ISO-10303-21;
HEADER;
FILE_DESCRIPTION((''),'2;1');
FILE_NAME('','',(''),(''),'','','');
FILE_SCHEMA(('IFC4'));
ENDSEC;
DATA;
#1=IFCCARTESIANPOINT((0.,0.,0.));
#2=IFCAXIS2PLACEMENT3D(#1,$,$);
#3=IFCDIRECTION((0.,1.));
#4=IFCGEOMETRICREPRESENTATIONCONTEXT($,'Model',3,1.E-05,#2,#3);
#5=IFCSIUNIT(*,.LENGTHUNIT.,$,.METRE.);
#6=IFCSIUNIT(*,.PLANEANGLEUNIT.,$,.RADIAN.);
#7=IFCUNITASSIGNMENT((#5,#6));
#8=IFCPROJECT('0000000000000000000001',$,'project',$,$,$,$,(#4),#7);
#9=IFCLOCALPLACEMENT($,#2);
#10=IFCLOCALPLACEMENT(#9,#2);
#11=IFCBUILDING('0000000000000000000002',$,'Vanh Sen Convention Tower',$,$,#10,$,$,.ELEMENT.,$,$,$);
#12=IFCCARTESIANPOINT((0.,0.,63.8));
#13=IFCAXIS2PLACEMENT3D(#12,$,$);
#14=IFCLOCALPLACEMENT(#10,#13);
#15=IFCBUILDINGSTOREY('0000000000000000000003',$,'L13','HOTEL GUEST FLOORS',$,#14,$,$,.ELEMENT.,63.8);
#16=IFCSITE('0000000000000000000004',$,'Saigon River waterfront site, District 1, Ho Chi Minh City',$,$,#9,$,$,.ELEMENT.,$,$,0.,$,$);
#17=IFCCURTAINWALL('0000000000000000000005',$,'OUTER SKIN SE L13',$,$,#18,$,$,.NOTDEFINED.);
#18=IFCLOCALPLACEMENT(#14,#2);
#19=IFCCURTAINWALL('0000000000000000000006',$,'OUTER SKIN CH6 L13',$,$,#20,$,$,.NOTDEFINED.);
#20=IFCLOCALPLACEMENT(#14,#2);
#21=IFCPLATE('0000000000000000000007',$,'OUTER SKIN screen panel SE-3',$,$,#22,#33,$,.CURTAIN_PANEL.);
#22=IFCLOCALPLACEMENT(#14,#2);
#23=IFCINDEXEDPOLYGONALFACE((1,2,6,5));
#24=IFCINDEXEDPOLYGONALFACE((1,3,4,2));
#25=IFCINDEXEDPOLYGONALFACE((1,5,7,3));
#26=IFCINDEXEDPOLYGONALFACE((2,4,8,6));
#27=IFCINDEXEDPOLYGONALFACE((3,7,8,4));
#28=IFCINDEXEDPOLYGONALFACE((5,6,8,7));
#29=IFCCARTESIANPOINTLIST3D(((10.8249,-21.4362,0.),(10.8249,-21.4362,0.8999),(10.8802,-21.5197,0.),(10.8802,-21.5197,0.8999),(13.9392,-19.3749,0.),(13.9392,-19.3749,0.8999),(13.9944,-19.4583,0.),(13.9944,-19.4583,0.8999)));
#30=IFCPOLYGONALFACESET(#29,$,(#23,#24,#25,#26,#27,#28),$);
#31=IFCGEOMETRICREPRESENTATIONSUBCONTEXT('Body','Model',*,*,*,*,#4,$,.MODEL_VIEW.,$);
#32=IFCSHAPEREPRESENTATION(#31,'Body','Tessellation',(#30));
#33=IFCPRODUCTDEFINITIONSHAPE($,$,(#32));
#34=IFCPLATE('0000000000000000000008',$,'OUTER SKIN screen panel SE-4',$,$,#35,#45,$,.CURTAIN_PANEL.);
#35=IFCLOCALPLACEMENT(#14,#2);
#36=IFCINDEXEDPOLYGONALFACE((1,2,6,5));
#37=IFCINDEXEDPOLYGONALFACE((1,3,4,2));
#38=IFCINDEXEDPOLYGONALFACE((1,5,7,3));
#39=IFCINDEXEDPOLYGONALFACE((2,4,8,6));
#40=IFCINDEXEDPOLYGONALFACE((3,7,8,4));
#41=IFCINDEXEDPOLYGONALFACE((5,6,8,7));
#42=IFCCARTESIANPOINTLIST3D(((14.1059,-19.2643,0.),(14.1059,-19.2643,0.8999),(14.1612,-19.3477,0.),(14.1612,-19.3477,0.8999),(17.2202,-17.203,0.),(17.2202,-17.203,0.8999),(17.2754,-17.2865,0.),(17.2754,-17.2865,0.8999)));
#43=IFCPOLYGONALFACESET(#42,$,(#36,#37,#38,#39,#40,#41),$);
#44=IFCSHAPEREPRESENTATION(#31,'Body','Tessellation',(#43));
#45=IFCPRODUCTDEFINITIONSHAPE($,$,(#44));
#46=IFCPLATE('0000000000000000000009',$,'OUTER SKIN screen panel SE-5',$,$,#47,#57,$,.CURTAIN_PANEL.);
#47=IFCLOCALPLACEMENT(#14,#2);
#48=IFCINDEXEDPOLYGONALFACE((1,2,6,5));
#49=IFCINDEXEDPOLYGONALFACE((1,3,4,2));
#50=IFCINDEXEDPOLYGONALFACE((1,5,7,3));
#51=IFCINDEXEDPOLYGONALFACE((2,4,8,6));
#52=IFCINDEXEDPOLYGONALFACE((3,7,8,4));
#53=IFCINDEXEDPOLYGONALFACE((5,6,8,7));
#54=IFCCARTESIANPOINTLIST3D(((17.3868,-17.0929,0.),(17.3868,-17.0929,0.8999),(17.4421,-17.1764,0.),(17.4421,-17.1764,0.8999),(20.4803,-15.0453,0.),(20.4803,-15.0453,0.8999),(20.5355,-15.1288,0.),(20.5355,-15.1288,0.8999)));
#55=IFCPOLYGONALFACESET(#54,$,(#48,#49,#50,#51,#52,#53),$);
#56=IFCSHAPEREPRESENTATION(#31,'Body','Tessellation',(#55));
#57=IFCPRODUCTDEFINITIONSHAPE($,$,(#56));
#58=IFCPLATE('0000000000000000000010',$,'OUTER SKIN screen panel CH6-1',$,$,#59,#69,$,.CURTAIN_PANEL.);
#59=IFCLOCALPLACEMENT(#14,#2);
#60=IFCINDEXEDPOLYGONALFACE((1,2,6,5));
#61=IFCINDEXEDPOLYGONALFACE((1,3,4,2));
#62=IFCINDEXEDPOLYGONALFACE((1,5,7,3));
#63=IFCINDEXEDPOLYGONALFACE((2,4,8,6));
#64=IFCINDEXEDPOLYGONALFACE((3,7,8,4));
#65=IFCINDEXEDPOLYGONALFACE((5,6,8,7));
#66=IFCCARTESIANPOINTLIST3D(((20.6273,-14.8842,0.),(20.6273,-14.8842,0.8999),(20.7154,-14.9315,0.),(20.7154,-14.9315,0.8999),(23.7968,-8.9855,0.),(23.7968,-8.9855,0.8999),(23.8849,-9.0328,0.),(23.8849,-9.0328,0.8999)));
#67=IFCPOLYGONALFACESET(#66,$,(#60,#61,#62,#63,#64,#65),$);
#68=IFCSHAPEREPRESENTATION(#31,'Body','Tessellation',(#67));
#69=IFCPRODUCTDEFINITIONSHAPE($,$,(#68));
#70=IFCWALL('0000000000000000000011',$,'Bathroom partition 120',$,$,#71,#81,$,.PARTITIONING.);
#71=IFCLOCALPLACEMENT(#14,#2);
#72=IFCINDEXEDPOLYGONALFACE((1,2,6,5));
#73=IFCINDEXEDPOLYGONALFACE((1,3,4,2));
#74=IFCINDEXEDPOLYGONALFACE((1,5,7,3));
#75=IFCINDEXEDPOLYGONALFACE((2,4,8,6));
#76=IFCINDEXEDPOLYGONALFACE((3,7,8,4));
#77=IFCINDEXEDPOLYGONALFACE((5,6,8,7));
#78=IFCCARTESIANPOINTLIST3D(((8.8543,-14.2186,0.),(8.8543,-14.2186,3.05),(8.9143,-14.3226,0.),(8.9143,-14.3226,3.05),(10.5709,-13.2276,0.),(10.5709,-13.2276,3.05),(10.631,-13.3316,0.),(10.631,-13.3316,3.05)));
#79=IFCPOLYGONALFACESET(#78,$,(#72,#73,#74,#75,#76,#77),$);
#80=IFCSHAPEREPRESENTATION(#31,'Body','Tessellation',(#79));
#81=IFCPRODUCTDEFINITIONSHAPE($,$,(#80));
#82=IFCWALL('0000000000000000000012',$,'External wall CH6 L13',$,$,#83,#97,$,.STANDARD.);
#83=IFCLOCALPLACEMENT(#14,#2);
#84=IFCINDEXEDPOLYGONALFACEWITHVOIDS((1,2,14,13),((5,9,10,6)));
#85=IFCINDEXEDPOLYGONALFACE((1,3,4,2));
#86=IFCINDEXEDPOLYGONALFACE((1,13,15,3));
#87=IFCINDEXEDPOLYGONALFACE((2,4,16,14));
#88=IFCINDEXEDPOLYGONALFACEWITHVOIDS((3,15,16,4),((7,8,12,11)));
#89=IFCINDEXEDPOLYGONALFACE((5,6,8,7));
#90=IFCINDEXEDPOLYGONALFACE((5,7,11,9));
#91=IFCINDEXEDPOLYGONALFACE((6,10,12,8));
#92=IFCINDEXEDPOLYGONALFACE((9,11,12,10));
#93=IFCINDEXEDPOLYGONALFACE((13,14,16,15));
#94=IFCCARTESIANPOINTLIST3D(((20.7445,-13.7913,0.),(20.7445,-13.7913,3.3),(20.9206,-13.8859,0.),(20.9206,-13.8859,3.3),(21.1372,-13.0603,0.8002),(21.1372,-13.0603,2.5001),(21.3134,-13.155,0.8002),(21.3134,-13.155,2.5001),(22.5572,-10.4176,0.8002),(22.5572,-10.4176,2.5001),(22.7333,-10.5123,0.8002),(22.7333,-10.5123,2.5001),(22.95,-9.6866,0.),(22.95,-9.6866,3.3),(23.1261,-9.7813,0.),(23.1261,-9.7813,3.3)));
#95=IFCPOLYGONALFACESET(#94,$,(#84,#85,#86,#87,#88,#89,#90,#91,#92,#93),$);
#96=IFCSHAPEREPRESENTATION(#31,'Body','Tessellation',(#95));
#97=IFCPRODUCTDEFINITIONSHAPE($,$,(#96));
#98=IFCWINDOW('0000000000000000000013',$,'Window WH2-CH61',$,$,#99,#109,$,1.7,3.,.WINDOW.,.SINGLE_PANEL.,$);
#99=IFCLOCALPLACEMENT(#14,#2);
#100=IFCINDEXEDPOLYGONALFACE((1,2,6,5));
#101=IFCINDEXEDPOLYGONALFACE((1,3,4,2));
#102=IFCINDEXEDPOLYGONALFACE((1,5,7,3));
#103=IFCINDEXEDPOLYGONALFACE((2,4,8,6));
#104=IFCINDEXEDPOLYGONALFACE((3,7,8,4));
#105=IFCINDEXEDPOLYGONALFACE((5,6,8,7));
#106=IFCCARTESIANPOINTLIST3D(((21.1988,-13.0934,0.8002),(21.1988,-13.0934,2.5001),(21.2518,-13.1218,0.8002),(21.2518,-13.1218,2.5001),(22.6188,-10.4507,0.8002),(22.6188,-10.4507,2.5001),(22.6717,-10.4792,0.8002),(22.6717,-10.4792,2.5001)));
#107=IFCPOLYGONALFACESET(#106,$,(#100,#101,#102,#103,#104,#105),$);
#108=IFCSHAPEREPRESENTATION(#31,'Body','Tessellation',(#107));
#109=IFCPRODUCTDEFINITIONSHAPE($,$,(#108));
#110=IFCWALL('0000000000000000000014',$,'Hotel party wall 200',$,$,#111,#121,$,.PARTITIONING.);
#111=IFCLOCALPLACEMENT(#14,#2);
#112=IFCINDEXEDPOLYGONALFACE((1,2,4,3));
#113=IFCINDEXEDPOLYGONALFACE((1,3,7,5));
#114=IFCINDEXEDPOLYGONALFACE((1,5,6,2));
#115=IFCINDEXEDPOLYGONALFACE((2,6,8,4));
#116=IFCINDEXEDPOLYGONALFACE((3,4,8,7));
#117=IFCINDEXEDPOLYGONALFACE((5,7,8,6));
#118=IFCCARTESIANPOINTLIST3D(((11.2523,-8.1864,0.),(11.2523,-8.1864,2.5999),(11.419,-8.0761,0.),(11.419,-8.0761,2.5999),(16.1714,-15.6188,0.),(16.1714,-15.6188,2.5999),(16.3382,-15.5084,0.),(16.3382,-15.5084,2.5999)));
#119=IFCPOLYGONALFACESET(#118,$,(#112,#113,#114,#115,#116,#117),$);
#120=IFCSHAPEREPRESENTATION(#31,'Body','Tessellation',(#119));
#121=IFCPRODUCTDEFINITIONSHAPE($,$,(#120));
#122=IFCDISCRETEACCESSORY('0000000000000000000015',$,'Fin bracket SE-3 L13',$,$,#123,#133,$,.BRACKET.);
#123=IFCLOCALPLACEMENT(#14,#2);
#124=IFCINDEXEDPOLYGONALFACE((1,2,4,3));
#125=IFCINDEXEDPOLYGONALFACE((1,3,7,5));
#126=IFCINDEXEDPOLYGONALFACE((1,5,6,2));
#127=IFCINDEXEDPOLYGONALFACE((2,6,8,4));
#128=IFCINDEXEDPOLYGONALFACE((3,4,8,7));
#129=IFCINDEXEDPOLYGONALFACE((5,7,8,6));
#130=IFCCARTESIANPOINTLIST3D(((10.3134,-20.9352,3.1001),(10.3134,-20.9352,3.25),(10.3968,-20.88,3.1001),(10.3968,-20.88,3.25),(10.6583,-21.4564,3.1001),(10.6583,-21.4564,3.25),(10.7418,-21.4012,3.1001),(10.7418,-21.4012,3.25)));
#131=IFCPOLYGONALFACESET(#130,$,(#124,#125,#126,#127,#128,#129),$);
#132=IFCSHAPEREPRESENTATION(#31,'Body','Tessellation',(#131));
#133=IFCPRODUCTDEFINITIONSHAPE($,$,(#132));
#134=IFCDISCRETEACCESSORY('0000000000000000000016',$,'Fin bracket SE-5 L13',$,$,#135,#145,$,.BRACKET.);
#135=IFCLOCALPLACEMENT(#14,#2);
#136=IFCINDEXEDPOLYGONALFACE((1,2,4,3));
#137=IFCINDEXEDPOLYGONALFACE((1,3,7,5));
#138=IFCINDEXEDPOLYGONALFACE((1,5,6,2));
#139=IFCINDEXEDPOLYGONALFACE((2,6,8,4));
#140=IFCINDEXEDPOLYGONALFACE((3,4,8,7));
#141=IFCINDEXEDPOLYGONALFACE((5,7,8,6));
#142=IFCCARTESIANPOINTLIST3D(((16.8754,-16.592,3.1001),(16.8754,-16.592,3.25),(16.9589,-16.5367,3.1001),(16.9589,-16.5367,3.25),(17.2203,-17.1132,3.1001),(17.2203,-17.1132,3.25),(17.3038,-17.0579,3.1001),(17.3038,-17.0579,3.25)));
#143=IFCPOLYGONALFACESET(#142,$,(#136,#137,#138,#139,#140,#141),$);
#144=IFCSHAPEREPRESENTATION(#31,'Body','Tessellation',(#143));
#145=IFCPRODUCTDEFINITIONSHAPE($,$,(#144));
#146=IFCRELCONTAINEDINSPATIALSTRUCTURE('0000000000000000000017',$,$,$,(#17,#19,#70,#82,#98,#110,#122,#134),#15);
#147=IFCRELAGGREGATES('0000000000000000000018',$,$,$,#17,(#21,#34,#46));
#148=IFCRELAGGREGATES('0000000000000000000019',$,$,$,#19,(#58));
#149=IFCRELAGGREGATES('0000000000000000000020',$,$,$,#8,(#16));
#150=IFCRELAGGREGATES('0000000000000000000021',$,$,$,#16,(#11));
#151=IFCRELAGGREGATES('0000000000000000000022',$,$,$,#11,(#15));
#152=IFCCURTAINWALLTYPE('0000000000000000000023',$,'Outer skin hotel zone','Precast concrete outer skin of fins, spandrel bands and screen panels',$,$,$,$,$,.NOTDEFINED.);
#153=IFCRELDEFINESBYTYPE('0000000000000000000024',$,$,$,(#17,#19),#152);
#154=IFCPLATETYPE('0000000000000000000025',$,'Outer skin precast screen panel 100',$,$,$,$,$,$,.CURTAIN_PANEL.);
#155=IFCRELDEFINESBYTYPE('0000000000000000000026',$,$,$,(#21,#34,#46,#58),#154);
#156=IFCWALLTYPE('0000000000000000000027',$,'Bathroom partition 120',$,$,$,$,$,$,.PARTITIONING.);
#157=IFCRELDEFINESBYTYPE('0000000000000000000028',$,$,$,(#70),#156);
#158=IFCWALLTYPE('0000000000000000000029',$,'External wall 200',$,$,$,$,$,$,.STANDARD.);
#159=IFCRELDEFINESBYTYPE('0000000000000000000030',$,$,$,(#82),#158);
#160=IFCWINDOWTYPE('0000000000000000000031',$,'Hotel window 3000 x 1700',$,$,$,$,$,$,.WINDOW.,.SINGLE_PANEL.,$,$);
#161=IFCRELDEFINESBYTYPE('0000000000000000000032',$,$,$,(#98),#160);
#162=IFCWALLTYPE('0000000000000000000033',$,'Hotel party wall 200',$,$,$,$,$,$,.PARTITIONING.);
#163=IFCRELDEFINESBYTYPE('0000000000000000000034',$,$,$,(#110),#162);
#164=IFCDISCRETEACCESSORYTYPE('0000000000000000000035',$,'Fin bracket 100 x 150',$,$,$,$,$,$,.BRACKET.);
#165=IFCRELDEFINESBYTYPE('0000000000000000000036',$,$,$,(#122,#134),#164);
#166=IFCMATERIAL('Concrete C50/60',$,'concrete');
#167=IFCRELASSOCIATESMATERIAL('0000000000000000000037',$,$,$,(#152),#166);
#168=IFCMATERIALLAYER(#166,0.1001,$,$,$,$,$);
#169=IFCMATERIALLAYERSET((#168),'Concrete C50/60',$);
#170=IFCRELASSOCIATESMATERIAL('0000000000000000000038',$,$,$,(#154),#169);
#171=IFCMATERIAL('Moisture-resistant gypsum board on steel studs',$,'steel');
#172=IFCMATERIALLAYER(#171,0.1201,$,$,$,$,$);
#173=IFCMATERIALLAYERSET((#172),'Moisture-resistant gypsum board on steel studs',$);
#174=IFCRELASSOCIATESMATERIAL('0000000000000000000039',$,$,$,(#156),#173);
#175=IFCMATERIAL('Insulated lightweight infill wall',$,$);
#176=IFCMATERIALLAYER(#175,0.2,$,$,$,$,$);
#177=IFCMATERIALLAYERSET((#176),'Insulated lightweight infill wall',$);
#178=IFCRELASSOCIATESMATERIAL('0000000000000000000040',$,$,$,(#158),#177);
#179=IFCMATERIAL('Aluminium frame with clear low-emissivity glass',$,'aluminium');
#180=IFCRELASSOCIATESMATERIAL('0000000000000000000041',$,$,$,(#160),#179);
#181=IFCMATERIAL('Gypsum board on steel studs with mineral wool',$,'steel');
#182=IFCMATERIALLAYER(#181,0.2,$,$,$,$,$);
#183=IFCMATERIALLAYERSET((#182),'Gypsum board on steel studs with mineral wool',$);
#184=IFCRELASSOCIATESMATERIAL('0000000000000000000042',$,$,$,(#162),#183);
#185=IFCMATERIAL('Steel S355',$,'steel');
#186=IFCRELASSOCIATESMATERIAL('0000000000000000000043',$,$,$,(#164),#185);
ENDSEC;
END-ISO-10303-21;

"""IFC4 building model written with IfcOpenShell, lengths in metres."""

from ifc_helpers import new_model, si_unit, direction, frame, frame_2d, origin, origin_2d, place, context, subcontext, project, spatial, rectangle, extrude, material, layer, layer_set, type_object, element, fill, aggregate, save


model = new_model("IFC4")

# Units and contexts
model_context = context("Model", 3, precision=1e-05, world=origin(), true_north=direction((0.0, 1.0)))
body_context = subcontext(model_context, "Body", "Model", "MODEL_VIEW")
ifc_project = project(units=[si_unit("LENGTHUNIT", "METRE"), si_unit("PLANEANGLEUNIT", "RADIAN")], contexts=[model_context])

# Site, building, storey
site_placement = place(None, origin())
site = spatial("IfcSite", under=ifc_project, at=site_placement, Name="Saigon River waterfront site, District 1, Ho Chi Minh City", CompositionType="ELEMENT", RefElevation=0.0)
building_placement = place(site_placement, origin())
building = spatial("IfcBuilding", under=site, at=building_placement, Name="Vanh Sen Convention Tower", CompositionType="ELEMENT")
storey_placement = place(building_placement, frame((0.0, 0.0, 63.8)))
storey = spatial("IfcBuildingStorey", under=building, at=storey_placement, Name="L13", Description="HOTEL GUEST FLOORS", CompositionType="ELEMENT", Elevation=63.8)

# Curtain wall
ifc_material_1 = material(Name="Concrete C50/60", Category="concrete")
curtain_wall_type = type_object("IfcCurtainWallType", Name="Outer skin hotel zone", Description="Precast concrete outer skin of fins, spandrel bands and screen panels", PredefinedType="NOTDEFINED", material=ifc_material_1)
curtain_wall_1_placement = place(storey_placement, origin())
curtain_wall_1 = element("IfcCurtainWall", 1, at=curtain_wall_1_placement, inside=storey, type_object=curtain_wall_type, Name="OUTER SKIN SE L13", PredefinedType="NOTDEFINED")

# Curtain wall
curtain_wall_2_placement = place(storey_placement, origin())
curtain_wall_2 = element("IfcCurtainWall", 2, at=curtain_wall_2_placement, inside=storey, type_object=curtain_wall_type, Name="OUTER SKIN CH6 L13", PredefinedType="NOTDEFINED")

# Plates
ifc_layer_1 = layer(ifc_material_1, 0.1001)
ifc_layer_set_1 = layer_set([ifc_layer_1], Name="Concrete C50/60")
plate_type = type_object("IfcPlateType", Name="Outer skin precast screen panel 100", PredefinedType="CURTAIN_PANEL", material=ifc_layer_set_1)
plate_1_placement = place(storey_placement, frame((12.4097, -20.4473, 0.0), z_axis=(0.0, 0.0, 1.0), x_axis=(0.83388, 0.551946, 0.0)))
plate_1 = element("IfcPlate", 3, at=plate_1_placement, type_object=plate_type, Name="OUTER SKIN screen panel SE-3", PredefinedType="CURTAIN_PANEL", context=body_context, shape_type="SweptSolid", body=[
    extrude(rectangle(XDim=3.7346, YDim=0.1001, at=origin_2d()), origin(), (0.0, 0.0, 1.0), 0.8999),
])
plate_2_placement = place(storey_placement, frame((15.6907, -18.2754, 0.0), z_axis=(0.0, 0.0, 1.0), x_axis=(0.833892, 0.551928, 0.0)))
plate_2 = element("IfcPlate", 4, at=plate_2_placement, type_object=plate_type, Name="OUTER SKIN screen panel SE-4", PredefinedType="CURTAIN_PANEL", context=body_context, shape_type="SweptSolid", body=[
    extrude(rectangle(XDim=3.7346, YDim=0.1001, at=origin_2d()), origin(), (0.0, 0.0, 1.0), 0.8999),
])
plate_3_placement = place(storey_placement, frame((18.9612, -16.1108, 0.0), z_axis=(0.0, 0.0, 1.0), x_axis=(0.83388, 0.551946, 0.0)))
plate_3 = element("IfcPlate", 5, at=plate_3_placement, type_object=plate_type, Name="OUTER SKIN screen panel SE-5", PredefinedType="CURTAIN_PANEL", context=body_context, shape_type="SweptSolid", body=[
    extrude(rectangle(XDim=3.7097, YDim=0.1001, at=origin_2d()), origin(), (0.0, 0.0, 1.0), 0.8999),
])
aggregate(curtain_wall_1, [plate_1, plate_2, plate_3])
plate_4_placement = place(storey_placement, frame((22.2561, -11.9585, 0.0), z_axis=(0.0, 0.0, 1.0), x_axis=(0.473323, 0.880889, 0.0)))
plate_4 = element("IfcPlate", 6, at=plate_4_placement, type_object=plate_type, Name="OUTER SKIN screen panel CH6-1", PredefinedType="CURTAIN_PANEL", context=body_context, shape_type="SweptSolid", body=[
    extrude(rectangle(XDim=6.6963, YDim=0.1001, at=origin_2d()), origin(), (0.0, 0.0, 1.0), 0.8999),
])
aggregate(curtain_wall_2, [plate_4])

# Wall
ifc_material_2 = material(Name="Moisture-resistant gypsum board on steel studs", Category="steel")
ifc_layer_2 = layer(ifc_material_2, 0.1201)
ifc_layer_set_2 = layer_set([ifc_layer_2], Name="Moisture-resistant gypsum board on steel studs")
wall_type_1 = type_object("IfcWallType", Name="Bathroom partition 120", PredefinedType="PARTITIONING", material=ifc_layer_set_2)
wall_1_placement = place(storey_placement, frame((10.6011, -13.2795, 0.0), z_axis=(0.0, 0.0, 1.0), x_axis=(-0.866044, -0.499968, 0.0)))
element("IfcWall", 7, at=wall_1_placement, inside=storey, type_object=wall_type_1, Name="Bathroom partition 120", PredefinedType="PARTITIONING", context=body_context, shape_type="SweptSolid", body=[
    extrude(rectangle(XDim=1.9822, YDim=0.1201, at=frame_2d((0.9912, 0.0))), origin(), (0.0, 0.0, 1.0), 3.05),
])

# Wall, opening, window
ifc_material_3 = material(Name="Insulated lightweight infill wall")
ifc_layer_3 = layer(ifc_material_3, 0.2)
ifc_layer_set_3 = layer_set([ifc_layer_3], Name="Insulated lightweight infill wall")
wall_type_2 = type_object("IfcWallType", Name="External wall 200", PredefinedType="STANDARD", material=ifc_layer_set_3)
wall_2_placement = place(storey_placement, frame((20.8325, -13.8386, 0.0), z_axis=(0.0, 0.0, 1.0), x_axis=(0.473322, 0.88089, 0.0)))
wall_2 = element("IfcWall", 8, at=wall_2_placement, inside=storey, type_object=wall_type_2, Name="External wall CH6 L13", PredefinedType="STANDARD", context=body_context, shape_type="SweptSolid", body=[
    extrude(rectangle(XDim=4.6597, YDim=0.2, at=frame_2d((2.3298, 0.0))), origin(), (0.0, 0.0, 1.0), 3.3),
])
opening_placement = place(wall_2_placement, frame((0.8298, 0.0, 0.8)))
opening = element("IfcOpeningElement", 9, at=opening_placement, cuts=wall_2, PredefinedType="OPENING", context=body_context, shape_type="SweptSolid", body=[
    extrude(rectangle(XDim=3.0, YDim=1.7, at=frame_2d((1.5, 0.8501))), frame((0.0, 0.1099, 0.0), z_axis=(0.0, -1.0, 0.0), x_axis=(1.0, 0.0, 0.0)), (0.0, 0.0, 1.0), 0.22),
])
ifc_material_4 = material(Name="Aluminium frame with clear low-emissivity glass", Category="aluminium")
window_type = type_object("IfcWindowType", Name="Hotel window 3000 x 1700", PartitioningType="SINGLE_PANEL", PredefinedType="WINDOW", material=ifc_material_4)
window_placement = place(opening_placement, origin())
window = element("IfcWindow", 10, at=window_placement, inside=storey, type_object=window_type, Name="Window WH2-CH61", OverallHeight=1.7, OverallWidth=3.0, PartitioningType="SINGLE_PANEL", PredefinedType="WINDOW", context=body_context, shape_type="SweptSolid", body=[
    extrude(rectangle(XDim=3.0, YDim=1.7, at=frame_2d((1.5, 0.8501))), frame((0.0, 0.03, 0.0), z_axis=(0.0, -1.0, 0.0), x_axis=(1.0, 0.0, 0.0)), (0.0, 0.0, 1.0), 0.0601),
])
fill(opening, window)

# Wall
ifc_material_5 = material(Name="Gypsum board on steel studs with mineral wool", Category="steel")
ifc_layer_4 = layer(ifc_material_5, 0.2)
ifc_layer_set_4 = layer_set([ifc_layer_4], Name="Gypsum board on steel studs with mineral wool")
wall_type_3 = type_object("IfcWallType", Name="Hotel party wall 200", PredefinedType="PARTITIONING", material=ifc_layer_set_4)
wall_3_placement = place(storey_placement, frame((16.2549, -15.5637, 0.0), z_axis=(0.0, 0.0, 1.0), x_axis=(-0.551922, 0.833896, 0.0)))
element("IfcWall", 11, at=wall_3_placement, inside=storey, type_object=wall_type_3, Name="Hotel party wall 200", PredefinedType="PARTITIONING", context=body_context, shape_type="SweptSolid", body=[
    extrude(rectangle(XDim=8.9128, YDim=0.2, at=frame_2d((4.4565, 0.0))), origin(), (0.0, 0.0, 1.0), 2.5999),
])

# Discrete accessories
ifc_material_6 = material(Name="Steel S355", Category="steel")
discrete_accessory_type = type_object("IfcDiscreteAccessoryType", Name="Fin bracket 100 x 150", PredefinedType="BRACKET", material=ifc_material_6)
for number, where, z_axis, x_axis, name in (
    (12, (10.5276, -21.1682, 3.1001), (0.0, 0.0, 1.0), (0.551937, -0.833886, 0.0), "Fin bracket SE-3 L13"),
    (13, (17.0896, -16.825, 3.1001), (0.0, 0.0, 1.0), (0.551937, -0.833886, 0.0), "Fin bracket SE-5 L13"),
):
    element("IfcDiscreteAccessory", number, at=place(storey_placement, frame(where, z_axis=z_axis, x_axis=x_axis)), inside=storey, type_object=discrete_accessory_type, Name=name, PredefinedType="BRACKET", context=body_context, shape_type="SweptSolid", body=[
        extrude(rectangle(XDim=0.625, YDim=0.1001, at=origin_2d()), origin(), (0.0, 0.0, 1.0), 0.1499),
    ])

save(model, "model.ifc")
